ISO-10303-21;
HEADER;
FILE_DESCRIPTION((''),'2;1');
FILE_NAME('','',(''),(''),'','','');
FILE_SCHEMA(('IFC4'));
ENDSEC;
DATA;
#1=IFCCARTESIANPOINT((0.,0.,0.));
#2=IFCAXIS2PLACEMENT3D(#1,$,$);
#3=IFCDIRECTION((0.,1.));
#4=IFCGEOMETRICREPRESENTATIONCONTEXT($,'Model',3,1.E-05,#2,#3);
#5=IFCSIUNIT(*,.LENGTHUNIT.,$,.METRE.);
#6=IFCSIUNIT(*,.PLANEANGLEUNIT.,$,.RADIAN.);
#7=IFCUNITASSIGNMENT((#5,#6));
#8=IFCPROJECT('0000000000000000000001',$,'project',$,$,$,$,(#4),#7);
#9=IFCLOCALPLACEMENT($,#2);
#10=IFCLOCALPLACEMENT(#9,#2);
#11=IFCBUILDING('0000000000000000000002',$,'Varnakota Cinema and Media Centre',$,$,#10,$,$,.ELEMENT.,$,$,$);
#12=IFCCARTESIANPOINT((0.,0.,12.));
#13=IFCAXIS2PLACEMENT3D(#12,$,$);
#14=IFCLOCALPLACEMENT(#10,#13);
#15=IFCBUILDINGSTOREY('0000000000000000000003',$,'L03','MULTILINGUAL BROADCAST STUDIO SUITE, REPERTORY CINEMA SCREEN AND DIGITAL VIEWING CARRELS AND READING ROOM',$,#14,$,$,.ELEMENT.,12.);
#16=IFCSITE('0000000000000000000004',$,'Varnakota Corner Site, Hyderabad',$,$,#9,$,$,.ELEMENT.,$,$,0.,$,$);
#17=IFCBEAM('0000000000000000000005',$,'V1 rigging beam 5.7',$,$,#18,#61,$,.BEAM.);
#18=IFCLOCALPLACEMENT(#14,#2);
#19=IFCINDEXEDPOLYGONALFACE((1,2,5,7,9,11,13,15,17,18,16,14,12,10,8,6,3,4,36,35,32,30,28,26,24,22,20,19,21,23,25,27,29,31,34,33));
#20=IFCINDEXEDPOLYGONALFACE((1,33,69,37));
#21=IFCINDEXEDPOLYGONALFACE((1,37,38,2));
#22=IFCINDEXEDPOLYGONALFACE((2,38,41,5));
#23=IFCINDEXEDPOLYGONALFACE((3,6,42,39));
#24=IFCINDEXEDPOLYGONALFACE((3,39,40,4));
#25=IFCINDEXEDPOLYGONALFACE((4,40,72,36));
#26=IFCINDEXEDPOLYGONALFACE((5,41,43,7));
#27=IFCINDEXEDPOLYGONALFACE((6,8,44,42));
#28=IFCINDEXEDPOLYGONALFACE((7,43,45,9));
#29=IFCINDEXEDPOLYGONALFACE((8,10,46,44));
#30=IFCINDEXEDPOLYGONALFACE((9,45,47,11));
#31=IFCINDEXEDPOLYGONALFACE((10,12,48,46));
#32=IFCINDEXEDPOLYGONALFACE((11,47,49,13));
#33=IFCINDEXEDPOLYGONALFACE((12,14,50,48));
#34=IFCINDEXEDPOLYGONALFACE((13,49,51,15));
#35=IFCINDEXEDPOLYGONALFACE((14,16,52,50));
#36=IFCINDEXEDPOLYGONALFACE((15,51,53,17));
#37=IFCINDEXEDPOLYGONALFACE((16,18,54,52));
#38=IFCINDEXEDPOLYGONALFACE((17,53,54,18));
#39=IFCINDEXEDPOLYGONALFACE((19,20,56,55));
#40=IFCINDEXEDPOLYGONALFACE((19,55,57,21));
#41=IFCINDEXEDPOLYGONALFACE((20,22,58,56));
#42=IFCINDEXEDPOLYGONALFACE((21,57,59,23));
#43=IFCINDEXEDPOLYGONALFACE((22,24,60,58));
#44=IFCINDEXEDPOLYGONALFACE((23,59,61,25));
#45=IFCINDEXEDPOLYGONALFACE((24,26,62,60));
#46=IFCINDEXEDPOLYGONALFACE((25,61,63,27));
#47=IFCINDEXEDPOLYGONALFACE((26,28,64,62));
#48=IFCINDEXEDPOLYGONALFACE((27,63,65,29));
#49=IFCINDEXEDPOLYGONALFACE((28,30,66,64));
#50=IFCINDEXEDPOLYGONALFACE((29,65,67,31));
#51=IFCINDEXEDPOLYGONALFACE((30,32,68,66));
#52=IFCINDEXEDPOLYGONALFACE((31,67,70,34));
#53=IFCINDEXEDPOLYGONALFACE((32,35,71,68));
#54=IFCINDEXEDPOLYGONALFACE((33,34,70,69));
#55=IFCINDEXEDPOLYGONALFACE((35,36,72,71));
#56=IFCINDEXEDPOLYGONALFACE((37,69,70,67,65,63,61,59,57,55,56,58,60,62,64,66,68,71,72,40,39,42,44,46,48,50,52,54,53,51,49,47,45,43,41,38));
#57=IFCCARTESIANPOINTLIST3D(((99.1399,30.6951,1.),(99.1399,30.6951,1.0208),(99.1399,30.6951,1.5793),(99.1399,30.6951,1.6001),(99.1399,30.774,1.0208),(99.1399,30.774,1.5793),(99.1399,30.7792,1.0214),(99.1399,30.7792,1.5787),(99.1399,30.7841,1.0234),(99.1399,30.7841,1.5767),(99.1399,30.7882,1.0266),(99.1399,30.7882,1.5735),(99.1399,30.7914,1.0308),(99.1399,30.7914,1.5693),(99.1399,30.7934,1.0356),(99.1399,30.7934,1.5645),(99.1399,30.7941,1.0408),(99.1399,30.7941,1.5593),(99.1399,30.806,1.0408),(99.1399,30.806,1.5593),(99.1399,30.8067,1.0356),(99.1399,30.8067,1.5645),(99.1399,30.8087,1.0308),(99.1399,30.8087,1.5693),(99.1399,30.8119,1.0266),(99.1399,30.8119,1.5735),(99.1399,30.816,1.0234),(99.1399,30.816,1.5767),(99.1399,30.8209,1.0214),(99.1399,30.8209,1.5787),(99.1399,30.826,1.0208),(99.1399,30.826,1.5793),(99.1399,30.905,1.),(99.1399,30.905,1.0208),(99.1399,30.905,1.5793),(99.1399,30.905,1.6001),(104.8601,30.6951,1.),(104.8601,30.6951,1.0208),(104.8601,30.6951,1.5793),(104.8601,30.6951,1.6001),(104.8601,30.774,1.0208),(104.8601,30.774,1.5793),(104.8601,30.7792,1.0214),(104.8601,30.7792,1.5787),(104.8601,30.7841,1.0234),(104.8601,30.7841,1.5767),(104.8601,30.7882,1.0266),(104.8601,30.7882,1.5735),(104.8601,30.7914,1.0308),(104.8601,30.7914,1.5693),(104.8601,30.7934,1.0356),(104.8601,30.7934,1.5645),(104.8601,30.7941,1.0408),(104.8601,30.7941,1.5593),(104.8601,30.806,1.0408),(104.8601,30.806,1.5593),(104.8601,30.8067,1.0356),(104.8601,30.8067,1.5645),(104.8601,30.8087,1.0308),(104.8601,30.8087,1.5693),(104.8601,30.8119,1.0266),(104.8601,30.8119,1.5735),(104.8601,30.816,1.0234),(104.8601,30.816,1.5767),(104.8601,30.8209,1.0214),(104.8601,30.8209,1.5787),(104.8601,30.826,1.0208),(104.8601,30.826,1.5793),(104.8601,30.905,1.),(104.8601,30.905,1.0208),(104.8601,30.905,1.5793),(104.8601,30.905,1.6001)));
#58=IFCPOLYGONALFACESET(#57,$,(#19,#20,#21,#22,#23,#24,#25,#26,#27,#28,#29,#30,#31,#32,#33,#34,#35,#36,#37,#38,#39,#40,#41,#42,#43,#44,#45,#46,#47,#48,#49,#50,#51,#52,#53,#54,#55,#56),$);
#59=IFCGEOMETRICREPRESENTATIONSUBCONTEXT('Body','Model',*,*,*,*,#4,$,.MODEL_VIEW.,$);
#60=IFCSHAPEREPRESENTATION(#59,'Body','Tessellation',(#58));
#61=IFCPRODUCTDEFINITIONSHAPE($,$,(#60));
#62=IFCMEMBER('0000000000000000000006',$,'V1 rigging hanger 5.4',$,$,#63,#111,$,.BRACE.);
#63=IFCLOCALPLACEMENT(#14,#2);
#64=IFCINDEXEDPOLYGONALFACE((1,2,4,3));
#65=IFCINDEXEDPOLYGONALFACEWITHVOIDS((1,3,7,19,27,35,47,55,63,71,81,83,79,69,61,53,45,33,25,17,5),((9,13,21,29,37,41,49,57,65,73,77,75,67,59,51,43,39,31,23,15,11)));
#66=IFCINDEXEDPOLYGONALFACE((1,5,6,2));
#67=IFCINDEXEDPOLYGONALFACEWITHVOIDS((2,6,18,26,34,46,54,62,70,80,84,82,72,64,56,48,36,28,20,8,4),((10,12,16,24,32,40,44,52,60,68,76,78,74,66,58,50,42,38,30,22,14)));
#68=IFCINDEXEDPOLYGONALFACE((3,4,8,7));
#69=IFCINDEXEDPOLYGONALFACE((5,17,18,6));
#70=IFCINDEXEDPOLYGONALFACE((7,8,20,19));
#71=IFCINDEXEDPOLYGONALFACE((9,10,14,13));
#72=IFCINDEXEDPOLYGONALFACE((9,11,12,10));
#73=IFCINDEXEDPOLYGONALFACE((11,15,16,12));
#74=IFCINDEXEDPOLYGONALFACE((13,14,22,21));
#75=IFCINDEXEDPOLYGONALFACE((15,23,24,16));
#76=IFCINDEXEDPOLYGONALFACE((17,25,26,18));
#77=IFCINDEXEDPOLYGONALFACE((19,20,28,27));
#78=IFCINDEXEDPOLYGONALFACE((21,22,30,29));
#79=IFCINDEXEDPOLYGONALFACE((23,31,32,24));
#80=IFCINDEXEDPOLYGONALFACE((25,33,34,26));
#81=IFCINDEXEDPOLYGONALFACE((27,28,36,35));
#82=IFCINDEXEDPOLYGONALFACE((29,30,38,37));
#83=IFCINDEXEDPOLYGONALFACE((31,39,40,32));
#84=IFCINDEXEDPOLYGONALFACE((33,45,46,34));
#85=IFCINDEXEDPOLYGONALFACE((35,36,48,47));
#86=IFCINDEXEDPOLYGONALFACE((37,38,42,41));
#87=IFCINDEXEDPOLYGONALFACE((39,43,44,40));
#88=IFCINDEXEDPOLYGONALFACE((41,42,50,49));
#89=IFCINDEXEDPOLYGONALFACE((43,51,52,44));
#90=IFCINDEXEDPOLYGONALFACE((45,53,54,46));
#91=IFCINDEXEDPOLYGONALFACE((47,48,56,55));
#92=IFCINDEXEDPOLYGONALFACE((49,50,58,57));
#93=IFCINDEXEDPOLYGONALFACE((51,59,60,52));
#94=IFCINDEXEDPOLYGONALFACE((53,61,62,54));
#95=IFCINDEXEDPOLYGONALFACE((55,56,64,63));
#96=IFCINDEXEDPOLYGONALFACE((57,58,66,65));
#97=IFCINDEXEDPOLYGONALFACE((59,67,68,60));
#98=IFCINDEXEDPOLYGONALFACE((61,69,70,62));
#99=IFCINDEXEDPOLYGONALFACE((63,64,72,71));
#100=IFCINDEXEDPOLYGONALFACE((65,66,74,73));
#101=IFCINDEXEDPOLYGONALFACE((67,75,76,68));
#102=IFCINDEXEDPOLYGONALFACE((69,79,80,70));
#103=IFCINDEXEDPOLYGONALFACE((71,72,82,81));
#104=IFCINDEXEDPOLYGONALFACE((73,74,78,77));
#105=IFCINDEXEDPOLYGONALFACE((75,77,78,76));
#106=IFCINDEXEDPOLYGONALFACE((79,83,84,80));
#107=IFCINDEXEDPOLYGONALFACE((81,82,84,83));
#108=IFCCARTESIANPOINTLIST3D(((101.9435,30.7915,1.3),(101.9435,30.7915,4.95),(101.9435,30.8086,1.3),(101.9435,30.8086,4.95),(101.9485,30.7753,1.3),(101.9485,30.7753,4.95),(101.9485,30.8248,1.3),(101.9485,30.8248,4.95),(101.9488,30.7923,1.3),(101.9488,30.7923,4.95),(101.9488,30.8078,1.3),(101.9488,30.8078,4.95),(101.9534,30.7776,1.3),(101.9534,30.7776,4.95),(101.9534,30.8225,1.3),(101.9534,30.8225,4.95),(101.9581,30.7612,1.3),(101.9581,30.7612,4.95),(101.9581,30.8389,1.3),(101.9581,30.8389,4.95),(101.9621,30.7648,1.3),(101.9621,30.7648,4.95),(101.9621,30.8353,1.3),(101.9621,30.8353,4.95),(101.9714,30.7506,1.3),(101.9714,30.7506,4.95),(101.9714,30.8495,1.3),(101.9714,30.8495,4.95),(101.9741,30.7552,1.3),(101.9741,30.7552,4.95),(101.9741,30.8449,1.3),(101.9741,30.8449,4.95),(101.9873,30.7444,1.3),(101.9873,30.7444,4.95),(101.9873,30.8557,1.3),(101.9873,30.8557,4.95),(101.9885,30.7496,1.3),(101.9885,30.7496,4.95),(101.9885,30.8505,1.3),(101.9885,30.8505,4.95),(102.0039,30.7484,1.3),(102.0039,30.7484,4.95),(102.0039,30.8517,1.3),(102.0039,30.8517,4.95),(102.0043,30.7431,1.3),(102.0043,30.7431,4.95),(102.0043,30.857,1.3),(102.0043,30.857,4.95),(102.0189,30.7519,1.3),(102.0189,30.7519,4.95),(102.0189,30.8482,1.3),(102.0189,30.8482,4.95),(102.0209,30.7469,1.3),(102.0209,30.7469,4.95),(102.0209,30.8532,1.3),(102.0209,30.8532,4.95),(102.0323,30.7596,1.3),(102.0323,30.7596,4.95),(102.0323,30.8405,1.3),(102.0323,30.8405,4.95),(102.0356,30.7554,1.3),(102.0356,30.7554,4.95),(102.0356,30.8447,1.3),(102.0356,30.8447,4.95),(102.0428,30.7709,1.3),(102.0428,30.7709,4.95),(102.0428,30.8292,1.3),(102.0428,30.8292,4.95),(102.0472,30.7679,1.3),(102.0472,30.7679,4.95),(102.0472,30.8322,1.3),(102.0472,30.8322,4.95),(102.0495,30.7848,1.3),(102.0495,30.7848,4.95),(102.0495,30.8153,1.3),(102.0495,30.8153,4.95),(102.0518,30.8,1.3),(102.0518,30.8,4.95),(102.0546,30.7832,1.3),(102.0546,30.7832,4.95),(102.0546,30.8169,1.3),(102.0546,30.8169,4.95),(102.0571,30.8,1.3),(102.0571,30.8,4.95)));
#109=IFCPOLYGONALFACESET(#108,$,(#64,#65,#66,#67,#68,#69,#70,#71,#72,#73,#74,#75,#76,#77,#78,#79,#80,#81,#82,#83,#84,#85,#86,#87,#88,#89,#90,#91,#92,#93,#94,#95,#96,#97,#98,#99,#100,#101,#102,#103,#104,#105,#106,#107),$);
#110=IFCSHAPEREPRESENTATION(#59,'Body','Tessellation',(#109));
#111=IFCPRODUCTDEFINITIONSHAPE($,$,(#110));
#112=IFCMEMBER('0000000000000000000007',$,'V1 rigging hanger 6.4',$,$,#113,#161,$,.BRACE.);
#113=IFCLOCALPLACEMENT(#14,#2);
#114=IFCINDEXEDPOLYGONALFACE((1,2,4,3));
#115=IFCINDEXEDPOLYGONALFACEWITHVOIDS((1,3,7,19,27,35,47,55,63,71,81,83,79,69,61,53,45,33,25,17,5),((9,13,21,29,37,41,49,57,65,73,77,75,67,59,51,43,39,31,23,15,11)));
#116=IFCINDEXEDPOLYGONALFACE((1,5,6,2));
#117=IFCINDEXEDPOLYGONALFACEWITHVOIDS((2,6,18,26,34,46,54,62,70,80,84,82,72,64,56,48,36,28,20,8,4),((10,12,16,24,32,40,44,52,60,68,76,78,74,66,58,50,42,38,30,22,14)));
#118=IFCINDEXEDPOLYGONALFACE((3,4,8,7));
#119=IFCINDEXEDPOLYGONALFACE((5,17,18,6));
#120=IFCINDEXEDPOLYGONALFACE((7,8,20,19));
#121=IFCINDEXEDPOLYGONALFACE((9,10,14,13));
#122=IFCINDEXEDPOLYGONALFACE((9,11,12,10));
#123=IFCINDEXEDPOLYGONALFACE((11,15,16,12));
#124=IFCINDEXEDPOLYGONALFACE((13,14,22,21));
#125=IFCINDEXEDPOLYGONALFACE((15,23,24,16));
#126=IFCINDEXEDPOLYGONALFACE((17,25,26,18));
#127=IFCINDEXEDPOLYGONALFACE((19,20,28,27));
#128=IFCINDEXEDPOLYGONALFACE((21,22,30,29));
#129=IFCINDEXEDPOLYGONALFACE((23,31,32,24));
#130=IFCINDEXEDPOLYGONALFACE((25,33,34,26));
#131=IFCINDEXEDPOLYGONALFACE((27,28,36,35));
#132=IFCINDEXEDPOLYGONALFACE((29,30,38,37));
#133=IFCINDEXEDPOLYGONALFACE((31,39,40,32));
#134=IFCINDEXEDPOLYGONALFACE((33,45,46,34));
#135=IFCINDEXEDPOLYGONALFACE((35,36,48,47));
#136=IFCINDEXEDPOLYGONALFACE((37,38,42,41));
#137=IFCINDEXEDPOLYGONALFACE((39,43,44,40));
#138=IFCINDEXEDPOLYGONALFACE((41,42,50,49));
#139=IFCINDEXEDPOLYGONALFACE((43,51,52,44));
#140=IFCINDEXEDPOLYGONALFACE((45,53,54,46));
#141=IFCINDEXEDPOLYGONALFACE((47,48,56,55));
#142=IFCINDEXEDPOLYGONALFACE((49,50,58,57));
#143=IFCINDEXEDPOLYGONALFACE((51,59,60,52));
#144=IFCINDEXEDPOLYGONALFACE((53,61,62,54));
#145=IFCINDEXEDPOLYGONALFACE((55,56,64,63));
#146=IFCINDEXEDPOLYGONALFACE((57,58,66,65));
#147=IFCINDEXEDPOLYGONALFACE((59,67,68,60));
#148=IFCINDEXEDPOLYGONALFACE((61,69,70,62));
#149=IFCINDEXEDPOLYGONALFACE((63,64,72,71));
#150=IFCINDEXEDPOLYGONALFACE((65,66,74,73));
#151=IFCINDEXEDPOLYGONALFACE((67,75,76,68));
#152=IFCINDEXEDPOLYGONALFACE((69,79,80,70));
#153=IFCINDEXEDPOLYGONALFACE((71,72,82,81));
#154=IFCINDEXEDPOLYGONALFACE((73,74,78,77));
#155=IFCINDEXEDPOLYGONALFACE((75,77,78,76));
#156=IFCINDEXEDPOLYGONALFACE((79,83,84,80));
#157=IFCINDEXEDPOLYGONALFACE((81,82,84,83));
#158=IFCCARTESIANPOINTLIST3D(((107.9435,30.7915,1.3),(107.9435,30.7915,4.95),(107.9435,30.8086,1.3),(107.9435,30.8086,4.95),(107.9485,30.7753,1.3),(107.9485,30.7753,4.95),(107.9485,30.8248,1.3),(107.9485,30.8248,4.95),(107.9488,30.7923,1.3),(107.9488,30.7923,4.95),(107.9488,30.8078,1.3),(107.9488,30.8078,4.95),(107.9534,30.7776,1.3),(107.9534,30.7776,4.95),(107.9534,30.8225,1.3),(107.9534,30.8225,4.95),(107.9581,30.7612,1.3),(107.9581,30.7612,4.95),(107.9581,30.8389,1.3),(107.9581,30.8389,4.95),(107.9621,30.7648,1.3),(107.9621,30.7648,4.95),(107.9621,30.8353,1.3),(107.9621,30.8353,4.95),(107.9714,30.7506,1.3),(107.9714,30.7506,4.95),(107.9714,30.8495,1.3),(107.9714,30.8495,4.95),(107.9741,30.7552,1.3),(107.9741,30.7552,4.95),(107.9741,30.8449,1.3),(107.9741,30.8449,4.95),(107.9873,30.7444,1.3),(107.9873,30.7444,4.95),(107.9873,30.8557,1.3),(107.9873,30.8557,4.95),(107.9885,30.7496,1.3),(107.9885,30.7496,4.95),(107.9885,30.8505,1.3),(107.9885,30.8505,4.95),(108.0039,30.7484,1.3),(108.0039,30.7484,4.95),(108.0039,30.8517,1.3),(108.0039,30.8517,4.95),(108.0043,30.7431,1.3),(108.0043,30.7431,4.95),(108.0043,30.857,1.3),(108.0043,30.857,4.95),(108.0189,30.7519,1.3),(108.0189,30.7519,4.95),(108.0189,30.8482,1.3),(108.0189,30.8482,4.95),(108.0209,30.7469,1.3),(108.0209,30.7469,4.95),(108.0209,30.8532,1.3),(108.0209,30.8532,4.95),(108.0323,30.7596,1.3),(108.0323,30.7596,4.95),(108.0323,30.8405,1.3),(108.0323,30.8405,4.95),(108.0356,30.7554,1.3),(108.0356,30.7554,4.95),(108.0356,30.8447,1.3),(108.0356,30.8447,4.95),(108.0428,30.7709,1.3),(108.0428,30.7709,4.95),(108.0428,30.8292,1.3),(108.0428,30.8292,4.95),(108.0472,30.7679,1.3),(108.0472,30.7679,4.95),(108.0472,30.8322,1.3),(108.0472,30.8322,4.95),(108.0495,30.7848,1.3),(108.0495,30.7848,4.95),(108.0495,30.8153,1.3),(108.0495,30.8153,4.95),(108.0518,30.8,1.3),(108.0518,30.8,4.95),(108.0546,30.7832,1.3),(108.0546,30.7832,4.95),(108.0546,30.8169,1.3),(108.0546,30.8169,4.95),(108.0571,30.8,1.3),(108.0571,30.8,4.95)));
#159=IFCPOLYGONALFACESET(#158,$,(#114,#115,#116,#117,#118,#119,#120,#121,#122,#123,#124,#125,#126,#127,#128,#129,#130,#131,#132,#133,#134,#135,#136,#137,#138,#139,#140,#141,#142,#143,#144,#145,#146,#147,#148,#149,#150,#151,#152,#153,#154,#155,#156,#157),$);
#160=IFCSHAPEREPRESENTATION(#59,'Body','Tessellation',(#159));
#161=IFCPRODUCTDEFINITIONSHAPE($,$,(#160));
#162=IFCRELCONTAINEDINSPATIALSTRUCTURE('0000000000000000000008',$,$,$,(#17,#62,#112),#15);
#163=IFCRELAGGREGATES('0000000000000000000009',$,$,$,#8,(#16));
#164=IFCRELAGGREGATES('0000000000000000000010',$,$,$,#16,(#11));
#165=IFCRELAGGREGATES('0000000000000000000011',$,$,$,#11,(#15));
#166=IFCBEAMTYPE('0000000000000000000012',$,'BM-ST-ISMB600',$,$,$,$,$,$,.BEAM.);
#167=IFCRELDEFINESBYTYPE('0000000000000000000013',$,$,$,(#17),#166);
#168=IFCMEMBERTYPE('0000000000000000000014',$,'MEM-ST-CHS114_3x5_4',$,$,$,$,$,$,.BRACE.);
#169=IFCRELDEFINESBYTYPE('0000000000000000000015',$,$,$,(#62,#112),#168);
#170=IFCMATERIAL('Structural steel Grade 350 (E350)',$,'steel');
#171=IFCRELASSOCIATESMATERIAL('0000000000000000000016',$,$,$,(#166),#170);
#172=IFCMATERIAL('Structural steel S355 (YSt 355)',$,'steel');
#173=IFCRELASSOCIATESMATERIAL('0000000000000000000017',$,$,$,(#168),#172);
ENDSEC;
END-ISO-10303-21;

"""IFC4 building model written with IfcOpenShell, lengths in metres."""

from ifc_helpers import new_model, si_unit, direction, frame, origin, origin_2d, place, context, subcontext, project, spatial, hollow_circle, i_section, extrude, material, material_profile, profile_set, type_object, element, save


model = new_model("IFC4")

# Units and contexts
model_context = context("Model", 3, precision=1e-05, world=origin(), true_north=direction((0.0, 1.0)))
body_context = subcontext(model_context, "Body", "Model", "MODEL_VIEW")
ifc_project = project(units=[si_unit("LENGTHUNIT", "METRE"), si_unit("PLANEANGLEUNIT", "RADIAN")], contexts=[model_context])

# Site, building, storey
site_placement = place(None, origin())
site = spatial("IfcSite", under=ifc_project, at=site_placement, Name="Varnakota Corner Site, Hyderabad", CompositionType="ELEMENT", RefElevation=0.0)
building_placement = place(site_placement, origin())
building = spatial("IfcBuilding", under=site, at=building_placement, Name="Varnakota Cinema and Media Centre", CompositionType="ELEMENT")
storey_placement = place(building_placement, frame((0.0, 0.0, 12.0)))
storey = spatial("IfcBuildingStorey", under=building, at=storey_placement, Name="L03", Description="MULTILINGUAL BROADCAST STUDIO SUITE, REPERTORY CINEMA SCREEN AND DIGITAL VIEWING CARRELS AND READING ROOM", CompositionType="ELEMENT", Elevation=12.0)

# Beam
ifc_material_1 = material(Name="Structural steel Grade 350 (E350)", Category="steel")
ifc_material_profile_1 = material_profile(ifc_material_1, i_section(OverallWidth=0.21, OverallDepth=0.6001, WebThickness=0.012, FlangeThickness=0.0208, FilletRadius=0.02, at=origin_2d()), Name="ISMB 600")
ifc_profile_set_1 = profile_set([ifc_material_profile_1], Name="Structural steel Grade 350 (E350)")
beam_type_1 = type_object("IfcBeamType", Name="BM-ST-ISMB600", PredefinedType="BEAM", material=ifc_profile_set_1)
beam_1_placement = place(storey_placement, frame((99.1399, 30.8, 1.3), z_axis=(1.0, 0.0, 0.0), x_axis=(0.0, 1.0, 0.0)))
element("IfcBeam", 1, at=beam_1_placement, inside=storey, type_object=beam_type_1, Name="V1 rigging beam 5.7", PredefinedType="BEAM", context=body_context, shape_type="SweptSolid", body=[
    extrude(i_section(OverallWidth=0.21, OverallDepth=0.6001, WebThickness=0.012, FlangeThickness=0.0208, FilletRadius=0.02, at=origin_2d()), origin(), (0.0, 0.0, 1.0), 5.7202),
])

# Members
ifc_material_2 = material(Name="Structural steel S355 (YSt 355)", Category="steel")
ifc_material_profile_2 = material_profile(ifc_material_2, hollow_circle(Radius=0.0571, WallThickness=0.0054, at=origin_2d()), Name="CHS 114.3x5.4")
ifc_profile_set_2 = profile_set([ifc_material_profile_2], Name="Structural steel S355 (YSt 355)")
member_type_1 = type_object("IfcMemberType", Name="MEM-ST-CHS114_3x5_4", PredefinedType="BRACE", material=ifc_profile_set_2)
for number, where, z_axis, x_axis, name in (
    (2, (102.0, 30.8, 1.3), (0.0, 0.0, 1.0), (1.0, 0.0, 0.0), "V1 rigging hanger 5.4"),
    (3, (108.0, 30.8, 1.3), (0.0, 0.0, 1.0), (1.0, 0.0, 0.0), "V1 rigging hanger 6.4"),
):
    element("IfcMember", number, at=place(storey_placement, frame(where, z_axis=z_axis, x_axis=x_axis)), inside=storey, type_object=member_type_1, Name=name, PredefinedType="BRACE", context=body_context, shape_type="SweptSolid", body=[
        extrude(hollow_circle(Radius=0.0571, WallThickness=0.0054, at=origin_2d()), origin(), (0.0, 0.0, 1.0), 3.6499),
    ])

save(model, "model.ifc")
